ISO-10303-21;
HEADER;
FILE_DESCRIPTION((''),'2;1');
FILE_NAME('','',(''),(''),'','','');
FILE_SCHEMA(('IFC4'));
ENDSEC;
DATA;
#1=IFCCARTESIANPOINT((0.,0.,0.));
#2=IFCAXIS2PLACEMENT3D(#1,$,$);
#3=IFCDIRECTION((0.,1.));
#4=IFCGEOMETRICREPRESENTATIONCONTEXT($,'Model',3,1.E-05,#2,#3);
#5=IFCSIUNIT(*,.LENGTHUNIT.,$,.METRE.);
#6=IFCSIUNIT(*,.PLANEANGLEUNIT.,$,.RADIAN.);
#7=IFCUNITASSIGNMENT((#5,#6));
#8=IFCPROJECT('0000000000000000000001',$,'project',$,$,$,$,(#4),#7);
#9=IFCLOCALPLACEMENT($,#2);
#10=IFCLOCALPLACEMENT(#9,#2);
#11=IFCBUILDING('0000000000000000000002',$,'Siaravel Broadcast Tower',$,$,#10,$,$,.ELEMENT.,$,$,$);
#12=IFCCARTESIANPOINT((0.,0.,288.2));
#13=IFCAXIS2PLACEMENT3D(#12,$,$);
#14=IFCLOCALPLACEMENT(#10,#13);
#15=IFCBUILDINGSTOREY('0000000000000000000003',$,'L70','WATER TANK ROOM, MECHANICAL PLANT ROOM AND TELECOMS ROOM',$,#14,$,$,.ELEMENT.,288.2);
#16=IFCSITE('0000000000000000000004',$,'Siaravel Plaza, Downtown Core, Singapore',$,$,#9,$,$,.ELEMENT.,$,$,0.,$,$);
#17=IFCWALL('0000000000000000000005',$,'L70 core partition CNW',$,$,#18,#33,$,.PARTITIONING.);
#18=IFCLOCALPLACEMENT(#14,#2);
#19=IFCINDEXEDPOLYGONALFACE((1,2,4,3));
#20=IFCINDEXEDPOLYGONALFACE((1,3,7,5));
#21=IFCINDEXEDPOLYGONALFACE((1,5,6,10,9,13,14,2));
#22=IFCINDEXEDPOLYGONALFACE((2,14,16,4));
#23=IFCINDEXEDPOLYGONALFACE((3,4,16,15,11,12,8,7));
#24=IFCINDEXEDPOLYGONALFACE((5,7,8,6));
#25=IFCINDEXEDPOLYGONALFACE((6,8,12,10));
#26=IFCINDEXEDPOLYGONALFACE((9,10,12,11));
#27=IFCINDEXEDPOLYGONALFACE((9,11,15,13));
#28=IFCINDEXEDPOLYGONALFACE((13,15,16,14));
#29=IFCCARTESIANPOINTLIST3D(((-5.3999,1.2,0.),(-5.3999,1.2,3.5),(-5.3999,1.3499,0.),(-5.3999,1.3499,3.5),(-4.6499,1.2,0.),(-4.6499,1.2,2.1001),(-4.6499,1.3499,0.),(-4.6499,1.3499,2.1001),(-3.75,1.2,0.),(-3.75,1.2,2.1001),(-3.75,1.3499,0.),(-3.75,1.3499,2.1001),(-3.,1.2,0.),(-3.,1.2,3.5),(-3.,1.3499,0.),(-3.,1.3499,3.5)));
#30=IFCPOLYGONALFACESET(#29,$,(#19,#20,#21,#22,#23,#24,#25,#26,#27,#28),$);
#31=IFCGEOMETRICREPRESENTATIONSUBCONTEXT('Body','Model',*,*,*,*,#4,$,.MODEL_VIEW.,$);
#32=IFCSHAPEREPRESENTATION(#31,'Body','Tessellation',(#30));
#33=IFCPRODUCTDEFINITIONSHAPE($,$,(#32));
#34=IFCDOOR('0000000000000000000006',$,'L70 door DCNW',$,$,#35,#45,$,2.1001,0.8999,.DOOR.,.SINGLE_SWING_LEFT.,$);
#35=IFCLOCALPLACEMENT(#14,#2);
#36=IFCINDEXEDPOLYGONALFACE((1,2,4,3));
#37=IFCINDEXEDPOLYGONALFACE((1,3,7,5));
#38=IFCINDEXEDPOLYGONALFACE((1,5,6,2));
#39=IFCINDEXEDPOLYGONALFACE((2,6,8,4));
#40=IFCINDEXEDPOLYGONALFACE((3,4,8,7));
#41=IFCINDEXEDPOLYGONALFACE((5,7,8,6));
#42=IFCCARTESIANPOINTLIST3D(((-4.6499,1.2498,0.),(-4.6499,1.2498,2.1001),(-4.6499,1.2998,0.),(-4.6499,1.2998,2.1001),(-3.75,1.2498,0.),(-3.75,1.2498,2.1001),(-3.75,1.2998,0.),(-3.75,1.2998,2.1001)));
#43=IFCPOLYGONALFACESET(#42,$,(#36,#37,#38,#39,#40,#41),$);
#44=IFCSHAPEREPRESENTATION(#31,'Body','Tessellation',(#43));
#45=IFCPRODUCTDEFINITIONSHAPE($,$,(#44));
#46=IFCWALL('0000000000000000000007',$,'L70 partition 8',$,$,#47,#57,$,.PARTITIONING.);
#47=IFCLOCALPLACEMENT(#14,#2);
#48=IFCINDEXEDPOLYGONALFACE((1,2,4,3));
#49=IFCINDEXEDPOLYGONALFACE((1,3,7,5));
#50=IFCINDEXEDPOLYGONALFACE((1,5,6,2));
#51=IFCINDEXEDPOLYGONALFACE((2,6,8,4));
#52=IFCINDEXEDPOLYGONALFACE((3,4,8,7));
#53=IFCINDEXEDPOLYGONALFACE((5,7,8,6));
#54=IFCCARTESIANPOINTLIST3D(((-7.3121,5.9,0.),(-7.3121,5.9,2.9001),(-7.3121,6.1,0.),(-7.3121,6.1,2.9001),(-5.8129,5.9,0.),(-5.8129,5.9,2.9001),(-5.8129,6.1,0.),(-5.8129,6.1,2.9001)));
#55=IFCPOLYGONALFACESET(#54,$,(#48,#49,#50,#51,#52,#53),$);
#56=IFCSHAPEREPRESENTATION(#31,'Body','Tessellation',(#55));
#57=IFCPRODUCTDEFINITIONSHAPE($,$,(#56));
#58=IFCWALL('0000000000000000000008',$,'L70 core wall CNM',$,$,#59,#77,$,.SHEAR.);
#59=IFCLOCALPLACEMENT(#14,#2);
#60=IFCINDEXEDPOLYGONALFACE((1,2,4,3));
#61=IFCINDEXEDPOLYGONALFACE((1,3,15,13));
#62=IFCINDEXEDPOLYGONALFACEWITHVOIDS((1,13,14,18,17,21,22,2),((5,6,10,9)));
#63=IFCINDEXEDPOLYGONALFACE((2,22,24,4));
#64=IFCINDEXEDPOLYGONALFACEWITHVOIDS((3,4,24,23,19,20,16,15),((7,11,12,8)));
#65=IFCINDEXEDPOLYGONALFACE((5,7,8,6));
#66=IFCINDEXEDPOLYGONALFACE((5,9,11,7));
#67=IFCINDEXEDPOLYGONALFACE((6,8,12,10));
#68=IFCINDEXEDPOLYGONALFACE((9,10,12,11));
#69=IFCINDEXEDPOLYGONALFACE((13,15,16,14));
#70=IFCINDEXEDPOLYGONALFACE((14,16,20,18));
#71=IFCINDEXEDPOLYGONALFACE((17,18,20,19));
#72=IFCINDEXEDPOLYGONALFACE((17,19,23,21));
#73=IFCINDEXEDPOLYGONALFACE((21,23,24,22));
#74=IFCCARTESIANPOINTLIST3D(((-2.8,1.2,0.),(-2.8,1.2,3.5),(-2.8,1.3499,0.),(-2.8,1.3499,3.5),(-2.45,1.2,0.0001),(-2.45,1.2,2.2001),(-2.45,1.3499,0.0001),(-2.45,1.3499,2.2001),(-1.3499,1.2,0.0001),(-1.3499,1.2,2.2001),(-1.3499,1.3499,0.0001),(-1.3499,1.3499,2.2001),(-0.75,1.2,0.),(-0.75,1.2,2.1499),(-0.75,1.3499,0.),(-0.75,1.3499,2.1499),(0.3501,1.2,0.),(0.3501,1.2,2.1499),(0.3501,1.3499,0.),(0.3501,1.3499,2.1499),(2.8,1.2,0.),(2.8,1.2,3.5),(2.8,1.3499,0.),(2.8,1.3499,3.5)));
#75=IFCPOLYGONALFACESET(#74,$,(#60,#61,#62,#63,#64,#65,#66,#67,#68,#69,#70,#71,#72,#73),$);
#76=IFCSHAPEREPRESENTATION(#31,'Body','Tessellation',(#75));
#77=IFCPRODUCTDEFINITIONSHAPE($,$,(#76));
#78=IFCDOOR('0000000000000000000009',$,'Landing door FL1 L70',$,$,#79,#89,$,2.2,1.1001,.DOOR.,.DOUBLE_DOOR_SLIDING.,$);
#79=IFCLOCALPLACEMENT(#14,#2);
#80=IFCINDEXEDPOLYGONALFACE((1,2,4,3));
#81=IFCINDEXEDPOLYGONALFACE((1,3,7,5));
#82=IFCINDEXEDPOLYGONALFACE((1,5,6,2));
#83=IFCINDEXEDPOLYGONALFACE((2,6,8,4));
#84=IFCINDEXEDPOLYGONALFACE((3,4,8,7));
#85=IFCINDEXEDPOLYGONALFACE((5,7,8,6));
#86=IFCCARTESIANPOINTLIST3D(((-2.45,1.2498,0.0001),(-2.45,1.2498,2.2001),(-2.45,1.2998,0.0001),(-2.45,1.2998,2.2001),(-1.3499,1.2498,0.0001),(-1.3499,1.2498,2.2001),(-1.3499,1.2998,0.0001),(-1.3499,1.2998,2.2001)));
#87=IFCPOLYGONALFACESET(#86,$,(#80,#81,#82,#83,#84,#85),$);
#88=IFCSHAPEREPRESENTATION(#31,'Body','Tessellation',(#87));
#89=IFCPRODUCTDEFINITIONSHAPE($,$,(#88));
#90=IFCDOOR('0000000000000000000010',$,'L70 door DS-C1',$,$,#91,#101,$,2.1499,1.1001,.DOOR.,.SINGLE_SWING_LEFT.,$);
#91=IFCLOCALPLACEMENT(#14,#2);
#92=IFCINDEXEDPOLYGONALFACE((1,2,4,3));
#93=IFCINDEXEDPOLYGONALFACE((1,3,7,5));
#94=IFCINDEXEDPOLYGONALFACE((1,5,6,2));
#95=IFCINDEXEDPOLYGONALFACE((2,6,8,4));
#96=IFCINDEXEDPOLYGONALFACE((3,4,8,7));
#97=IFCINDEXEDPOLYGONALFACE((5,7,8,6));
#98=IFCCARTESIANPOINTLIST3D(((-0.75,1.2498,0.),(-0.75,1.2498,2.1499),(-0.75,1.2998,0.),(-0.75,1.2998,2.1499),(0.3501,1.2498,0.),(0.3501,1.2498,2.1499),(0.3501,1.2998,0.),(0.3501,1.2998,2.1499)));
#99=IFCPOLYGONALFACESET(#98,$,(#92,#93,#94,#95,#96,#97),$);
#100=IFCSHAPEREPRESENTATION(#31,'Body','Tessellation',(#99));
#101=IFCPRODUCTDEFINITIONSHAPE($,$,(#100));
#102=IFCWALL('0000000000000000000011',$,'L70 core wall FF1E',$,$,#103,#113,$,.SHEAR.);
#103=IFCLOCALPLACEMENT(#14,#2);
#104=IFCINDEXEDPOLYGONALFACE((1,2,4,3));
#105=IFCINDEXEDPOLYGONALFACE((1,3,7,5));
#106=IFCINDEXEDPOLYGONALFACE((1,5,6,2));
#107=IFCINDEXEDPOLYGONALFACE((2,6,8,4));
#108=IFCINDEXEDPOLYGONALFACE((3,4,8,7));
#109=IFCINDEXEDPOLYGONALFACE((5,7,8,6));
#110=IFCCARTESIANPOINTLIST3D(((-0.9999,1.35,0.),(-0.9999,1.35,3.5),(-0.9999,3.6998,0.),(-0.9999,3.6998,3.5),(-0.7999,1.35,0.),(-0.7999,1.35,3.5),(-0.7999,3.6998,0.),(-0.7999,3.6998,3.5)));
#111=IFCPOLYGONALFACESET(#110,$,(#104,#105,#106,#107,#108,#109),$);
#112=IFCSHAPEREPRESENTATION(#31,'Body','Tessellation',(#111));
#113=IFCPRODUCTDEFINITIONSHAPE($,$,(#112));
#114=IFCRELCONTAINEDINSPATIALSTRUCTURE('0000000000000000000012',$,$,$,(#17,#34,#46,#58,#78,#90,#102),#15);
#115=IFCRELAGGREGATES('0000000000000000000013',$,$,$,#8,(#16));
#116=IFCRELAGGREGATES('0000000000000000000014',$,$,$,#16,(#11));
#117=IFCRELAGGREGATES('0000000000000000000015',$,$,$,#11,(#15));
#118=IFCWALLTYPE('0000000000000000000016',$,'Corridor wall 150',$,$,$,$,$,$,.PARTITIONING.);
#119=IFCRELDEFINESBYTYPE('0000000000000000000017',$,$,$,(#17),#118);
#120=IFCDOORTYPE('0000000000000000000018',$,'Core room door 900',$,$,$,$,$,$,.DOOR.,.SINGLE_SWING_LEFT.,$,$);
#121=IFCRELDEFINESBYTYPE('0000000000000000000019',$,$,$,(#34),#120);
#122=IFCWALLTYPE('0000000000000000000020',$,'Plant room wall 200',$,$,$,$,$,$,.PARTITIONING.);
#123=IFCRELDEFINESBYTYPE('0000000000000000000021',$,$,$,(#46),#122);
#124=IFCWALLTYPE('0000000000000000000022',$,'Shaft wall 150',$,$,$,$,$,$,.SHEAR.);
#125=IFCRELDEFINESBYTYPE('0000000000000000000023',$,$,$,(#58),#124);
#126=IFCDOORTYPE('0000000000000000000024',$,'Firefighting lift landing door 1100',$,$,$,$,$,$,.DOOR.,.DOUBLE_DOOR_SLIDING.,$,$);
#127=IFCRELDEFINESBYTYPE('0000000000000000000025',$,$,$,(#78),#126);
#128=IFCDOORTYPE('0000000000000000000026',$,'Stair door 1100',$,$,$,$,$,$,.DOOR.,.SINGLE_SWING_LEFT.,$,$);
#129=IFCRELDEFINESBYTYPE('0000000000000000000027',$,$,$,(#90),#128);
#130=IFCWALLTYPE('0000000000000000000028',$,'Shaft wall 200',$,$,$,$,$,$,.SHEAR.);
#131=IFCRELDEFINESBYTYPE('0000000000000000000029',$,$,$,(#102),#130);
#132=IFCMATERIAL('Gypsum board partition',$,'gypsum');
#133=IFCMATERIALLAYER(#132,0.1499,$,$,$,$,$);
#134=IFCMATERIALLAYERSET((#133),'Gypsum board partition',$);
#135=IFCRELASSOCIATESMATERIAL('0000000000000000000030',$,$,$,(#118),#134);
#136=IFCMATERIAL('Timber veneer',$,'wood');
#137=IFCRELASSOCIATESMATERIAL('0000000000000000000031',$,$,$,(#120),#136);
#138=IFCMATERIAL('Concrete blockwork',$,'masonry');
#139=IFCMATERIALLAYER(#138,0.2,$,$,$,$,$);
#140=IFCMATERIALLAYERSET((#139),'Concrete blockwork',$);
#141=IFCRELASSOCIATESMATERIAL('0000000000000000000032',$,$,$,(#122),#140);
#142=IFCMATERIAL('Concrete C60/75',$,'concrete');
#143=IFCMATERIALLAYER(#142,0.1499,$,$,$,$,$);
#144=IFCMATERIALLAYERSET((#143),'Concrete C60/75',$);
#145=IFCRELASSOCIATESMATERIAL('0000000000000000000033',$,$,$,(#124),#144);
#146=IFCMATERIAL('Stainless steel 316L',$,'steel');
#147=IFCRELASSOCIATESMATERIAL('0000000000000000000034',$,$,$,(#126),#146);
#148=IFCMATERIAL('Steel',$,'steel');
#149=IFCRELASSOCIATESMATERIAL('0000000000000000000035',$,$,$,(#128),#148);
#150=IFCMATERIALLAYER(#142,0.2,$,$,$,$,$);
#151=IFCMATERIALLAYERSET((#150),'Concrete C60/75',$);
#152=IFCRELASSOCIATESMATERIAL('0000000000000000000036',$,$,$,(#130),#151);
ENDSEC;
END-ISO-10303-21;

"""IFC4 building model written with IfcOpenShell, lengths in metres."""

from ifc_helpers import new_model, si_unit, direction, frame, frame_2d, origin, place, context, subcontext, project, spatial, rectangle, extrude, material, layer, layer_set, type_object, element, fill, save


model = new_model("IFC4")

# Units and contexts
model_context = context("Model", 3, precision=1e-05, world=origin(), true_north=direction((0.0, 1.0)))
body_context = subcontext(model_context, "Body", "Model", "MODEL_VIEW")
ifc_project = project(units=[si_unit("LENGTHUNIT", "METRE"), si_unit("PLANEANGLEUNIT", "RADIAN")], contexts=[model_context])

# Site, building, storey
site_placement = place(None, origin())
site = spatial("IfcSite", under=ifc_project, at=site_placement, Name="Siaravel Plaza, Downtown Core, Singapore", CompositionType="ELEMENT", RefElevation=0.0)
building_placement = place(site_placement, origin())
building = spatial("IfcBuilding", under=site, at=building_placement, Name="Siaravel Broadcast Tower", CompositionType="ELEMENT")
storey_placement = place(building_placement, frame((0.0, 0.0, 288.2)))
storey = spatial("IfcBuildingStorey", under=building, at=storey_placement, Name="L70", Description="WATER TANK ROOM, MECHANICAL PLANT ROOM AND TELECOMS ROOM", CompositionType="ELEMENT", Elevation=288.2)

# Shared definitions
ifc_material_1 = material(Name="Concrete C60/75", Category="concrete")

# Wall, opening, door
ifc_material_2 = material(Name="Gypsum board partition", Category="gypsum")
ifc_layer_1 = layer(ifc_material_2, 0.1499)
ifc_layer_set_1 = layer_set([ifc_layer_1], Name="Gypsum board partition")
wall_type_1 = type_object("IfcWallType", Name="Corridor wall 150", PredefinedType="PARTITIONING", material=ifc_layer_set_1)
wall_1_placement = place(storey_placement, frame((-5.3999, 1.2749, 0.0), z_axis=(0.0, 0.0, 1.0), x_axis=(1.0, 0.0, 0.0)))
wall_1 = element("IfcWall", 1, at=wall_1_placement, inside=storey, type_object=wall_type_1, Name="L70 core partition CNW", PredefinedType="PARTITIONING", context=body_context, shape_type="SweptSolid", body=[
    extrude(rectangle(XDim=2.3999, YDim=0.1499, at=frame_2d((1.2, 0.0))), origin(), (0.0, 0.0, 1.0), 3.5),
])
opening_1_placement = place(wall_1_placement, frame((0.75, 0.0, 0.0)))
opening_1 = element("IfcOpeningElement", 2, at=opening_1_placement, cuts=wall_1, PredefinedType="OPENING", context=body_context, shape_type="SweptSolid", body=[
    extrude(rectangle(XDim=0.8999, YDim=2.1001, at=frame_2d((0.45, 1.05))), frame((0.0, 0.085, 0.0), z_axis=(0.0, -1.0, 0.0), x_axis=(1.0, 0.0, 0.0)), (0.0, 0.0, 1.0), 0.1699),
])
ifc_material_3 = material(Name="Timber veneer", Category="wood")
door_type_1 = type_object("IfcDoorType", Name="Core room door 900", OperationType="SINGLE_SWING_LEFT", PredefinedType="DOOR", material=ifc_material_3)
door_1_placement = place(opening_1_placement, origin())
door_1 = element("IfcDoor", 3, at=door_1_placement, inside=storey, type_object=door_type_1, Name="L70 door DCNW", OperationType="SINGLE_SWING_LEFT", OverallHeight=2.1001, OverallWidth=0.8999, PredefinedType="DOOR", context=body_context, shape_type="SweptSolid", body=[
    extrude(rectangle(XDim=0.8999, YDim=2.1001, at=frame_2d((0.45, 1.05))), frame((0.0, 0.0249, 0.0), z_axis=(0.0, -1.0, 0.0), x_axis=(1.0, 0.0, 0.0)), (0.0, 0.0, 1.0), 0.05),
])
fill(opening_1, door_1)

# Wall
ifc_material_4 = material(Name="Concrete blockwork", Category="masonry")
ifc_layer_2 = layer(ifc_material_4, 0.2)
ifc_layer_set_2 = layer_set([ifc_layer_2], Name="Concrete blockwork")
wall_type_2 = type_object("IfcWallType", Name="Plant room wall 200", PredefinedType="PARTITIONING", material=ifc_layer_set_2)
wall_2_placement = place(storey_placement, frame((-5.813, 6.0, 0.0), z_axis=(0.0, 0.0, 1.0), x_axis=(-1.0, 0.0, 0.0)))
element("IfcWall", 4, at=wall_2_placement, inside=storey, type_object=wall_type_2, Name="L70 partition 8", PredefinedType="PARTITIONING", context=body_context, shape_type="SweptSolid", body=[
    extrude(rectangle(XDim=1.4993, YDim=0.2, at=frame_2d((0.7495, 0.0))), origin(), (0.0, 0.0, 1.0), 2.9001),
])

# Wall, openings, doors
ifc_layer_3 = layer(ifc_material_1, 0.1499)
ifc_layer_set_3 = layer_set([ifc_layer_3], Name="Concrete C60/75")
wall_type_3 = type_object("IfcWallType", Name="Shaft wall 150", PredefinedType="SHEAR", material=ifc_layer_set_3)
wall_3_placement = place(storey_placement, frame((-2.8, 1.2749, 0.0), z_axis=(0.0, 0.0, 1.0), x_axis=(1.0, 0.0, 0.0)))
wall_3 = element("IfcWall", 5, at=wall_3_placement, inside=storey, type_object=wall_type_3, Name="L70 core wall CNM", PredefinedType="SHEAR", context=body_context, shape_type="SweptSolid", body=[
    extrude(rectangle(XDim=5.6001, YDim=0.1499, at=frame_2d((2.8, 0.0))), origin(), (0.0, 0.0, 1.0), 3.5),
])
opening_2_placement = place(wall_3_placement, frame((0.3501, 0.0, 0.0)))
opening_2 = element("IfcOpeningElement", 6, at=opening_2_placement, cuts=wall_3, PredefinedType="OPENING", context=body_context, shape_type="SweptSolid", body=[
    extrude(rectangle(XDim=1.1001, YDim=2.2, at=frame_2d((0.55, 1.1001))), frame((0.0, 0.085, 0.0), z_axis=(0.0, -1.0, 0.0), x_axis=(1.0, 0.0, 0.0)), (0.0, 0.0, 1.0), 0.1699),
])
opening_3_placement = place(wall_3_placement, frame((2.05, 0.0, 0.0)))
opening_3 = element("IfcOpeningElement", 7, at=opening_3_placement, cuts=wall_3, PredefinedType="OPENING", context=body_context, shape_type="SweptSolid", body=[
    extrude(rectangle(XDim=1.1001, YDim=2.1499, at=frame_2d((0.55, 1.075))), frame((0.0, 0.085, 0.0), z_axis=(0.0, -1.0, 0.0), x_axis=(1.0, 0.0, 0.0)), (0.0, 0.0, 1.0), 0.1699),
])
ifc_material_5 = material(Name="Stainless steel 316L", Category="steel")
door_type_2 = type_object("IfcDoorType", Name="Firefighting lift landing door 1100", OperationType="DOUBLE_DOOR_SLIDING", PredefinedType="DOOR", material=ifc_material_5)
door_2_placement = place(opening_2_placement, origin())
door_2 = element("IfcDoor", 8, at=door_2_placement, inside=storey, type_object=door_type_2, Name="Landing door FL1 L70", OperationType="DOUBLE_DOOR_SLIDING", OverallHeight=2.2, OverallWidth=1.1001, PredefinedType="DOOR", context=body_context, shape_type="SweptSolid", body=[
    extrude(rectangle(XDim=1.1001, YDim=2.2, at=frame_2d((0.55, 1.1001))), frame((0.0, 0.0249, 0.0), z_axis=(0.0, -1.0, 0.0), x_axis=(1.0, 0.0, 0.0)), (0.0, 0.0, 1.0), 0.05),
])
fill(opening_2, door_2)
ifc_material_6 = material(Name="Steel", Category="steel")
door_type_3 = type_object("IfcDoorType", Name="Stair door 1100", OperationType="SINGLE_SWING_LEFT", PredefinedType="DOOR", material=ifc_material_6)
door_3_placement = place(opening_3_placement, origin())
door_3 = element("IfcDoor", 9, at=door_3_placement, inside=storey, type_object=door_type_3, Name="L70 door DS-C1", OperationType="SINGLE_SWING_LEFT", OverallHeight=2.1499, OverallWidth=1.1001, PredefinedType="DOOR", context=body_context, shape_type="SweptSolid", body=[
    extrude(rectangle(XDim=1.1001, YDim=2.1499, at=frame_2d((0.55, 1.075))), frame((0.0, 0.0249, 0.0), z_axis=(0.0, -1.0, 0.0), x_axis=(1.0, 0.0, 0.0)), (0.0, 0.0, 1.0), 0.05),
])
fill(opening_3, door_3)

# Wall
ifc_layer_4 = layer(ifc_material_1, 0.2)
ifc_layer_set_4 = layer_set([ifc_layer_4], Name="Concrete C60/75")
wall_type_4 = type_object("IfcWallType", Name="Shaft wall 200", PredefinedType="SHEAR", material=ifc_layer_set_4)
wall_4_placement = place(storey_placement, frame((-0.8999, 1.3501, 0.0), z_axis=(0.0, 0.0, 1.0), x_axis=(0.0, 1.0, 0.0)))
element("IfcWall", 10, at=wall_4_placement, inside=storey, type_object=wall_type_4, Name="L70 core wall FF1E", PredefinedType="SHEAR", context=body_context, shape_type="SweptSolid", body=[
    extrude(rectangle(XDim=2.3499, YDim=0.2, at=frame_2d((1.1748, 0.0))), origin(), (0.0, 0.0, 1.0), 3.5),
])

save(model, "model.ifc")
